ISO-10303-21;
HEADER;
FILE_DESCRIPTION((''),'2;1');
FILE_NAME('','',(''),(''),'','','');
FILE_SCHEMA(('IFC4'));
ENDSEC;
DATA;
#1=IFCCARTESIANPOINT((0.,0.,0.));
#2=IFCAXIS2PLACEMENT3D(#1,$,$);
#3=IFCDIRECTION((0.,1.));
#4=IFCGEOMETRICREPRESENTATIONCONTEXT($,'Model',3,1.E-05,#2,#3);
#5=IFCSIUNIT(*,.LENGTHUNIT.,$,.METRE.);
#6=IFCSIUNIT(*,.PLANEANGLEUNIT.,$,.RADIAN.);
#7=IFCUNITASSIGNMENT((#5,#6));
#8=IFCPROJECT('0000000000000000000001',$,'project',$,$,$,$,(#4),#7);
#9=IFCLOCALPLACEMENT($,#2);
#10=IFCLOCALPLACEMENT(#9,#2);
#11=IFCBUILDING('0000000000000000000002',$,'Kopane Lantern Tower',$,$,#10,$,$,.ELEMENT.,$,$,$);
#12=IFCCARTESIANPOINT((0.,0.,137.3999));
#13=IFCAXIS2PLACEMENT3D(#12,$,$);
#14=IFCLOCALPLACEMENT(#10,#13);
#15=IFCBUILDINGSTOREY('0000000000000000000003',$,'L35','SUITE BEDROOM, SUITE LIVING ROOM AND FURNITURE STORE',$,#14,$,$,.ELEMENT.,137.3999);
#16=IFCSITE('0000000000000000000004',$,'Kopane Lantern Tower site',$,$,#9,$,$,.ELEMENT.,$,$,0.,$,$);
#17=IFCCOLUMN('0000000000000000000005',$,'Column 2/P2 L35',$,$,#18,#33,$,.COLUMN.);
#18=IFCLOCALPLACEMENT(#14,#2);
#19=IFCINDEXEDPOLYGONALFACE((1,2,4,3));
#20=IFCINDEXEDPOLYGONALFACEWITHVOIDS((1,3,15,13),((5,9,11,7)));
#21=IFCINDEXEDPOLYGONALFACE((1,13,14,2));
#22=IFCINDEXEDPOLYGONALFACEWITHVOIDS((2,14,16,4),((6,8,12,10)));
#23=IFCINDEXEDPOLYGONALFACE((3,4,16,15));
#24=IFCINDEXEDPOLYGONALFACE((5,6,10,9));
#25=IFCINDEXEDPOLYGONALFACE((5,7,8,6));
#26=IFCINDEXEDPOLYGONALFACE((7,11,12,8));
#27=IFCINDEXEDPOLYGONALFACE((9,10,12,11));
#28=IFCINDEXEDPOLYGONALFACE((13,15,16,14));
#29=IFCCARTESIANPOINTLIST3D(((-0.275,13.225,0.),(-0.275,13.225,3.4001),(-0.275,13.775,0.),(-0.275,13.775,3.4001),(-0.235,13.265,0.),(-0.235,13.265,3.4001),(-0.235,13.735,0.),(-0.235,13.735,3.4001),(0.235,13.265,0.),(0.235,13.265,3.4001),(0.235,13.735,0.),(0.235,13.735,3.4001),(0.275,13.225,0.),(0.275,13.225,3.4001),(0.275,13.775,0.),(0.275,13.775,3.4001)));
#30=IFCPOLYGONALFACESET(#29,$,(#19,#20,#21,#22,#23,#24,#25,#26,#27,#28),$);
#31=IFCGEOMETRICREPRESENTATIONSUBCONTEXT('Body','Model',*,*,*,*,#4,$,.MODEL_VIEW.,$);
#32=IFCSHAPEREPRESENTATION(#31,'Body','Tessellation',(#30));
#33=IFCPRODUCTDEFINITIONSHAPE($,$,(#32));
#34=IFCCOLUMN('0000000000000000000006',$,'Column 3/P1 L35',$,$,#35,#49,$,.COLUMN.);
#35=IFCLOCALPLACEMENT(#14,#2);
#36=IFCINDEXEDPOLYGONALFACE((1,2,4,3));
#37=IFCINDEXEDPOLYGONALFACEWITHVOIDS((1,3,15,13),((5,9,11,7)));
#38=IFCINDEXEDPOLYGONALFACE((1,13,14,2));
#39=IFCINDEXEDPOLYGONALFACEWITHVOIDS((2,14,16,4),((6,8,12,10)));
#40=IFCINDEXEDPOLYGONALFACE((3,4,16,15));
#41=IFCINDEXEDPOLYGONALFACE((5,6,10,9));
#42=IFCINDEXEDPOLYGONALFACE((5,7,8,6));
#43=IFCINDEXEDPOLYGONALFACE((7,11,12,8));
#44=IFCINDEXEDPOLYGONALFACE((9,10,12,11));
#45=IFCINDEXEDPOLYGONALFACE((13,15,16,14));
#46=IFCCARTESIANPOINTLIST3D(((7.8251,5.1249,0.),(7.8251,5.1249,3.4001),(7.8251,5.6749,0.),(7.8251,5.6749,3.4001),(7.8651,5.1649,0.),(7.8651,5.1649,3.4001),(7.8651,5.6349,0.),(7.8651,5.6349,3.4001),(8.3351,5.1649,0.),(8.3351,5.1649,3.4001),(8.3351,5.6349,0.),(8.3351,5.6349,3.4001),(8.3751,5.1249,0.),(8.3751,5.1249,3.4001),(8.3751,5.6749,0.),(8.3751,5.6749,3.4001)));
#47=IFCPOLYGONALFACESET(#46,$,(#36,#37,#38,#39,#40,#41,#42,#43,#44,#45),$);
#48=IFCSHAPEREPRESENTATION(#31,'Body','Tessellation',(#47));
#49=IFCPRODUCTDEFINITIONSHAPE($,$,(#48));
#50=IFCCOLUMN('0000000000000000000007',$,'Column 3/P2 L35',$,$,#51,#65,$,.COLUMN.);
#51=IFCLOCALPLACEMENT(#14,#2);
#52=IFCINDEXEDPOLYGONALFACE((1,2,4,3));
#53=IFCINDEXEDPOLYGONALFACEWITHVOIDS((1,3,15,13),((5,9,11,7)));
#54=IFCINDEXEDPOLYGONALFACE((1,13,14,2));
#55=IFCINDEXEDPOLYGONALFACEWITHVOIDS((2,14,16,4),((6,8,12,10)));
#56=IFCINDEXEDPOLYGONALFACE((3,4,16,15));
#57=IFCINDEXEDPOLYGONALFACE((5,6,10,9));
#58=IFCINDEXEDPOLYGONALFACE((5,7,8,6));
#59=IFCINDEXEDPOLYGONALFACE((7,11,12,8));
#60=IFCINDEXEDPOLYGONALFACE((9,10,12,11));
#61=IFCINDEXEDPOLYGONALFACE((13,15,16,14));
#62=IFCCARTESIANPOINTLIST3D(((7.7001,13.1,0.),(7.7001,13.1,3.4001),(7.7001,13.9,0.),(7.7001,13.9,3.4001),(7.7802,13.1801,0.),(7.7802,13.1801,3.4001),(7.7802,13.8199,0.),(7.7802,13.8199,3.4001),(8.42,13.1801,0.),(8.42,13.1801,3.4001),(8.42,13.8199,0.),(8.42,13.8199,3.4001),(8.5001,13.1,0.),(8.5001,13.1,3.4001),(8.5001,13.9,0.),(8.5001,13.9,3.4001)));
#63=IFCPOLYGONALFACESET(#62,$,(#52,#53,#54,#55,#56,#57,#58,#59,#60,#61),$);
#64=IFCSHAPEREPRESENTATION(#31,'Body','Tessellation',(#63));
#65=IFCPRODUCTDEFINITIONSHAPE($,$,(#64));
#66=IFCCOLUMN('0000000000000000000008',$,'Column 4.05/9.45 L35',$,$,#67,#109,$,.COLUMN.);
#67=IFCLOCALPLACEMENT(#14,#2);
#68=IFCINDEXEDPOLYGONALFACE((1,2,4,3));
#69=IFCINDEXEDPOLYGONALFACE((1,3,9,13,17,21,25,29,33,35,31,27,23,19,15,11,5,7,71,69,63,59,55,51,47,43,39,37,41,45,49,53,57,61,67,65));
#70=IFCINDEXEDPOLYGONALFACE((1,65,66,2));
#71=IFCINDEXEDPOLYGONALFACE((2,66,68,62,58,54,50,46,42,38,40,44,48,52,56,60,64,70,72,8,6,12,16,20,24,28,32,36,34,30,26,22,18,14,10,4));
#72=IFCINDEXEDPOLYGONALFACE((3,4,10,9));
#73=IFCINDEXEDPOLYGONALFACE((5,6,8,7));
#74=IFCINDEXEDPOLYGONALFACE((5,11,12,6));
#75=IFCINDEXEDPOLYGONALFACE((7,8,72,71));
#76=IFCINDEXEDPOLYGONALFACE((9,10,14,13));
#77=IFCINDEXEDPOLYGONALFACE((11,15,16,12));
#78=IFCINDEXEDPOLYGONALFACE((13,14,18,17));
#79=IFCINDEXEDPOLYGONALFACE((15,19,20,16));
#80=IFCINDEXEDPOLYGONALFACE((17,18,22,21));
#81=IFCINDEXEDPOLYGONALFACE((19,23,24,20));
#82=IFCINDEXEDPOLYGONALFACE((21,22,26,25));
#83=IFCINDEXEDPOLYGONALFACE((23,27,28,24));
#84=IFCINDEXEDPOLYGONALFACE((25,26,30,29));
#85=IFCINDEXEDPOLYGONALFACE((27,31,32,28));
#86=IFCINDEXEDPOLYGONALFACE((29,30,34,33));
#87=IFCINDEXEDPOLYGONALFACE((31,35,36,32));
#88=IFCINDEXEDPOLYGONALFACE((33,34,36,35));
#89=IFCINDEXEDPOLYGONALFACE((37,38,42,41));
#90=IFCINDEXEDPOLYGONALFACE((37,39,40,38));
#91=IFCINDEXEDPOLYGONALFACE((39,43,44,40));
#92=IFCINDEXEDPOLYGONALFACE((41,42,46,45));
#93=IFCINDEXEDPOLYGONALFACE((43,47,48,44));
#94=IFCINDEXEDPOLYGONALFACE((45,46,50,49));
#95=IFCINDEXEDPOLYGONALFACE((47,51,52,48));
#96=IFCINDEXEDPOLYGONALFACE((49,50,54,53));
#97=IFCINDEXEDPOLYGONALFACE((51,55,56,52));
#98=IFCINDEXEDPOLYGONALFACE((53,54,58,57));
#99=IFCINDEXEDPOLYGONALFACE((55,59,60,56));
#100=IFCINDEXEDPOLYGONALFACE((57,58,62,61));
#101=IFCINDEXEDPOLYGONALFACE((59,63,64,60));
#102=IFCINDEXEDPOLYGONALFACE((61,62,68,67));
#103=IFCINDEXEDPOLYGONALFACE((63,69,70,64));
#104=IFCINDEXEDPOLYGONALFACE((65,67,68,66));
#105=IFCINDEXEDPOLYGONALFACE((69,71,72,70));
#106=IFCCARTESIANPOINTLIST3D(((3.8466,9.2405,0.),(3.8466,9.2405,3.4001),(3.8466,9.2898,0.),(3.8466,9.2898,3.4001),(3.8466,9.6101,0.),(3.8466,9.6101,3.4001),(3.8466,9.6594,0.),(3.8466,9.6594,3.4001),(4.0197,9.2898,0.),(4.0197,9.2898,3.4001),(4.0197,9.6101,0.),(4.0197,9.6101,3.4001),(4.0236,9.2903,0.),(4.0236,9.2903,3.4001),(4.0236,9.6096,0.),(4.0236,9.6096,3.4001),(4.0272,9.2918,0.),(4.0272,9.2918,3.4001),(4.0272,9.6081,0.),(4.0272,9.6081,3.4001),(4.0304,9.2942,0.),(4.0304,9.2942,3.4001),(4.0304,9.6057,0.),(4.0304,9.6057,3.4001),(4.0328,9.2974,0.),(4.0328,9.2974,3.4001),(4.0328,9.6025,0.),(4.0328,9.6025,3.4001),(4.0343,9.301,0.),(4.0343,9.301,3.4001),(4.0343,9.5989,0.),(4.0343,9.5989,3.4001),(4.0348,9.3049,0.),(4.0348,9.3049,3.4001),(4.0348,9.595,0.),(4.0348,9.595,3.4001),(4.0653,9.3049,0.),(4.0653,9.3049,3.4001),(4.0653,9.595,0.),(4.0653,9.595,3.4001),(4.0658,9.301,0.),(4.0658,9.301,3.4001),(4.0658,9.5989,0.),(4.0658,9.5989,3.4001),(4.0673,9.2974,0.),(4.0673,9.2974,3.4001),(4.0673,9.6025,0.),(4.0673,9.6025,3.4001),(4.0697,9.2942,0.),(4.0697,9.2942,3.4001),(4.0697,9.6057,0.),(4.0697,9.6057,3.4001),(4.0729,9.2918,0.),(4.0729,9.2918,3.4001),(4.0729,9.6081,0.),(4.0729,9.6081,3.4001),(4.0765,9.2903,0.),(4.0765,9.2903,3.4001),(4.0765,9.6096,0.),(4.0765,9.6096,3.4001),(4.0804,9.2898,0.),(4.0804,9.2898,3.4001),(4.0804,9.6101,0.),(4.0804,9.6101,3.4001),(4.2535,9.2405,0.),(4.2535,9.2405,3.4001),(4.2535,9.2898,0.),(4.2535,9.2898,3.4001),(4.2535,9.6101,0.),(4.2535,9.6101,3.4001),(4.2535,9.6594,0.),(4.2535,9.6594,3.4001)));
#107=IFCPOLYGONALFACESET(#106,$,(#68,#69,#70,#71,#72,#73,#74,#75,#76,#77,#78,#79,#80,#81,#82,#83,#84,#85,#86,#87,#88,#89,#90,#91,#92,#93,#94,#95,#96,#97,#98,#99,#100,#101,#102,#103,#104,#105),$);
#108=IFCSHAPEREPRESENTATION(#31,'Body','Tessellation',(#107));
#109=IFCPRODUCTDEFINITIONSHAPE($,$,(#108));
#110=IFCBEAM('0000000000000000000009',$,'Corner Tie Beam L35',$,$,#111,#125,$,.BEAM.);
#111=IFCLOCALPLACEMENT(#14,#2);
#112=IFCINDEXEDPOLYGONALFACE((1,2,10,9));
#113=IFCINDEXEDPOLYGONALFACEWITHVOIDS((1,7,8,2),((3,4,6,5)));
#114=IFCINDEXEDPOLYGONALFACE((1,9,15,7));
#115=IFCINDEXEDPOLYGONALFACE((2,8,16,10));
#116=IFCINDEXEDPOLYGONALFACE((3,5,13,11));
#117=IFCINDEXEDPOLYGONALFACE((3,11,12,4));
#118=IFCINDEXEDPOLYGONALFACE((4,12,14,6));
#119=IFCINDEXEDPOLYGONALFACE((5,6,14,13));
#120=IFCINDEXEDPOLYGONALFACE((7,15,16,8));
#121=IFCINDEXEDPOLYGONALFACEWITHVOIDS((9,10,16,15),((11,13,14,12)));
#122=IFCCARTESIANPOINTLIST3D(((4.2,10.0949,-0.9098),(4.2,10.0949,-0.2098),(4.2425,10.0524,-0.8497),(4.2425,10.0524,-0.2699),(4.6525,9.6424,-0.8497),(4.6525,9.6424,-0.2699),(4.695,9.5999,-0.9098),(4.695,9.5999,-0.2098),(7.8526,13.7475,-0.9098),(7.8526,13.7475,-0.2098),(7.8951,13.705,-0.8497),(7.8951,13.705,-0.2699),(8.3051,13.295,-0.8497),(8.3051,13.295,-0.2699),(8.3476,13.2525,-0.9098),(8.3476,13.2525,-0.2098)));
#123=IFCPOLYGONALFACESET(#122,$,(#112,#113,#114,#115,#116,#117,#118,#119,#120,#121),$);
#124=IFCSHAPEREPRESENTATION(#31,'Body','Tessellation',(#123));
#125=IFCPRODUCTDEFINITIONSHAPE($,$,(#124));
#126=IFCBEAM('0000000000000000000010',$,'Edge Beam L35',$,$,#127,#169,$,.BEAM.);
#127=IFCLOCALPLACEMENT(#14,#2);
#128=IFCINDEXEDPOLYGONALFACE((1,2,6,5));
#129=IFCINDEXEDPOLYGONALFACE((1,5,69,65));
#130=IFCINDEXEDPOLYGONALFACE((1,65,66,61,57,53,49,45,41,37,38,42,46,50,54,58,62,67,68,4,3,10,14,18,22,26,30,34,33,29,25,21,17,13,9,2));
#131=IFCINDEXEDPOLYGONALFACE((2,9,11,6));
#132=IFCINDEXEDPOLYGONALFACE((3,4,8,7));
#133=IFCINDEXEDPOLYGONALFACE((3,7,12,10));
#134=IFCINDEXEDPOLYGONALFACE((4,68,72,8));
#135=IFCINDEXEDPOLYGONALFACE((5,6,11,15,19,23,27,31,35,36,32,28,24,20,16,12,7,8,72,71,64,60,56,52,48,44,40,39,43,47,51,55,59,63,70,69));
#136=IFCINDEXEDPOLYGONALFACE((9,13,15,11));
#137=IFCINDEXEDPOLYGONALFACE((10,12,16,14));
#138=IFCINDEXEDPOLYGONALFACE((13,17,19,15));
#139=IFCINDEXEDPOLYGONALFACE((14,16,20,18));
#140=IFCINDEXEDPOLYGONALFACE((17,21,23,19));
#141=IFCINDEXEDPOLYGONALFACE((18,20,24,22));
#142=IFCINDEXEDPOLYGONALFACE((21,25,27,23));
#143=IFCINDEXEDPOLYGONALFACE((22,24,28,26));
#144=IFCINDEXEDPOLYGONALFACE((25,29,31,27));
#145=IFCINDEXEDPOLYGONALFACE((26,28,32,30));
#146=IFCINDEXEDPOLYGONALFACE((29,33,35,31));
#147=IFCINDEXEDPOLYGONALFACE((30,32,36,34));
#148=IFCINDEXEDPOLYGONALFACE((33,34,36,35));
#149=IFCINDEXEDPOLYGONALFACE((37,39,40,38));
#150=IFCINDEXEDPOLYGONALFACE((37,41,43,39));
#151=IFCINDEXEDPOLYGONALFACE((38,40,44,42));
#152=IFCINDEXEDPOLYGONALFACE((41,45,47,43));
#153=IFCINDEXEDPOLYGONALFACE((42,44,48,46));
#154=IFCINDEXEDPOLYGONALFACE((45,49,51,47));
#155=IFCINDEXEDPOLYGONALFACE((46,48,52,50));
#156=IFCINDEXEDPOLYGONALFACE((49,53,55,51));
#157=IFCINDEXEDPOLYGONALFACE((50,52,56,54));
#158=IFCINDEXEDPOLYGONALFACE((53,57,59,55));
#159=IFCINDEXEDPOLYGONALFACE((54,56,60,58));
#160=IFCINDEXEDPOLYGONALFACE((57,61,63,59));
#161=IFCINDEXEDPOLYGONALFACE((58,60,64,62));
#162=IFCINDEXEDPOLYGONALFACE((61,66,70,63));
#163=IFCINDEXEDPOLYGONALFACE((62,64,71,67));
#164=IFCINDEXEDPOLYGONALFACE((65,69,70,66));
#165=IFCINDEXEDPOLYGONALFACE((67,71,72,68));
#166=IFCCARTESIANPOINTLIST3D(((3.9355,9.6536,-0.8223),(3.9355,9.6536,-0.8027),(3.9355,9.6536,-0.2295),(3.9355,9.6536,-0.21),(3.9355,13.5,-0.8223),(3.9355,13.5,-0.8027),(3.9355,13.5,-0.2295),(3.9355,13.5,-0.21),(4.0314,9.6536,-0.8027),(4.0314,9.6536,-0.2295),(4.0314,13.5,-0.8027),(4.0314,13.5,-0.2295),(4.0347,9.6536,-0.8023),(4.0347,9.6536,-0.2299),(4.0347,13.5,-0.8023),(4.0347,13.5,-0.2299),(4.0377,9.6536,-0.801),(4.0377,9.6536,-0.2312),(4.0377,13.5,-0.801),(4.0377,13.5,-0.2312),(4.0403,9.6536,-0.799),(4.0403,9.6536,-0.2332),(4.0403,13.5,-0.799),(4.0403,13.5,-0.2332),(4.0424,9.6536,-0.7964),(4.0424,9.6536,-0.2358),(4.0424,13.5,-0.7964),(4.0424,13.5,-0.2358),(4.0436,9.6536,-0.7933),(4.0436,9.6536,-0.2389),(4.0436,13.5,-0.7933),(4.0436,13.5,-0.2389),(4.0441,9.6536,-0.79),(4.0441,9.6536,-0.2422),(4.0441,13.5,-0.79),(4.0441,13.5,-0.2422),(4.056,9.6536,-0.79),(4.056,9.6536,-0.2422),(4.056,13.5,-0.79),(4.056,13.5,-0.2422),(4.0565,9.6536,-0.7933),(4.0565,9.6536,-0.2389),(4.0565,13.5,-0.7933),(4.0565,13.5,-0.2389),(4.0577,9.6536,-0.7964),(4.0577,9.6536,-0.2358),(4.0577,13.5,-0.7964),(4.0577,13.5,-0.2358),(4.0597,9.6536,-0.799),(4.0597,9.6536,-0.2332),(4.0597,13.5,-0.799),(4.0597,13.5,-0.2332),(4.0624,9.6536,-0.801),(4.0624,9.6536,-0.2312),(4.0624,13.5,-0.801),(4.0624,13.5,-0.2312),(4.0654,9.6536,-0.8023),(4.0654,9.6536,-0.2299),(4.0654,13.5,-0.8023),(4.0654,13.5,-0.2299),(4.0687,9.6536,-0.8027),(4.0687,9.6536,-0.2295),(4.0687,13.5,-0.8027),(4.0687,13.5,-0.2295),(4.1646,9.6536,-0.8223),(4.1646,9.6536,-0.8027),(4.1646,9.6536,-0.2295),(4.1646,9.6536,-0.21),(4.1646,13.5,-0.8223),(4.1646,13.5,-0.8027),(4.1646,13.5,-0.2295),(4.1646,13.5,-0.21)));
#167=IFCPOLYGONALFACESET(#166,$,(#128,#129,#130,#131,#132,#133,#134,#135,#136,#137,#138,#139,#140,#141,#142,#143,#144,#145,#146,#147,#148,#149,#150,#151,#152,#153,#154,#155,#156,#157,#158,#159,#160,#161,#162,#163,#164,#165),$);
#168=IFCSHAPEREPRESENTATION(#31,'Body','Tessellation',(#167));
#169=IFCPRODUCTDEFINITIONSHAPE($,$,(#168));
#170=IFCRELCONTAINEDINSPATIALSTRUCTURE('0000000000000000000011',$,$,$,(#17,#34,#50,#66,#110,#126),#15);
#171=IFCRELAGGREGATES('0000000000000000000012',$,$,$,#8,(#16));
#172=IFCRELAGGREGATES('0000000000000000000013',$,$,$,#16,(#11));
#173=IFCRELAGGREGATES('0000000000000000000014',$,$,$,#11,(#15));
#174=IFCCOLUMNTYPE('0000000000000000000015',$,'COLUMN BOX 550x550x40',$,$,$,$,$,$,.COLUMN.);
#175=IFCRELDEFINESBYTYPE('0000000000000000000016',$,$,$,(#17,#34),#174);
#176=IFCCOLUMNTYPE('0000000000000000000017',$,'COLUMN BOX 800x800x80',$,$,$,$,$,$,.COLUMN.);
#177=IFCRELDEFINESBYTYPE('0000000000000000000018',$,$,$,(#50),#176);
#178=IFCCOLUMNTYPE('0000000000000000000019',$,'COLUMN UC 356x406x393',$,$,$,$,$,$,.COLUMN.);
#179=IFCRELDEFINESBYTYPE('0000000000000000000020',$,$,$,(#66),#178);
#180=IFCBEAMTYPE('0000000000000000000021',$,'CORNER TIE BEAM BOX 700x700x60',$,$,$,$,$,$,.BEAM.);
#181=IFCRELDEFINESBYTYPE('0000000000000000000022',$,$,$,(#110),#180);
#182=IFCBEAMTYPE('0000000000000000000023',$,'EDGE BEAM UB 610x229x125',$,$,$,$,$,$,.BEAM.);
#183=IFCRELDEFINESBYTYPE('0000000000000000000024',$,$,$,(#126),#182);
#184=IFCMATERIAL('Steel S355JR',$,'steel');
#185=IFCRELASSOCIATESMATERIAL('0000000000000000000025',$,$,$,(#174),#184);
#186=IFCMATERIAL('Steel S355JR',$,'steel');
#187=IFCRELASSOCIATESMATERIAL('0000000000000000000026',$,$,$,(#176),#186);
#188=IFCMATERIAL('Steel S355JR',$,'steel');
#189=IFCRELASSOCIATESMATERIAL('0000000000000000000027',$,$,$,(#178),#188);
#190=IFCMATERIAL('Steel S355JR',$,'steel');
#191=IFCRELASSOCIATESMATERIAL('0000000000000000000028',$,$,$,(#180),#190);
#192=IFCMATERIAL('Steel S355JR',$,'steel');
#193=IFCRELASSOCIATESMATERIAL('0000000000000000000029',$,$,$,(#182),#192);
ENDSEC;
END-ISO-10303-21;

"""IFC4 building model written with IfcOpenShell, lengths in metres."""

from ifc_helpers import new_model, si_unit, direction, frame, origin, origin_2d, place, context, subcontext, project, spatial, hollow_rectangle, i_section, extrude, material, material_profile, profile_set, type_object, element, save


model = new_model("IFC4")

# Units and contexts
model_context = context("Model", 3, precision=1e-05, world=origin(), true_north=direction((0.0, 1.0)))
body_context = subcontext(model_context, "Body", "Model", "MODEL_VIEW")
ifc_project = project(units=[si_unit("LENGTHUNIT", "METRE"), si_unit("PLANEANGLEUNIT", "RADIAN")], contexts=[model_context])

# Site, building, storey
site_placement = place(None, origin())
site = spatial("IfcSite", under=ifc_project, at=site_placement, Name="Kopane Lantern Tower site", CompositionType="ELEMENT", RefElevation=0.0)
building_placement = place(site_placement, origin())
building = spatial("IfcBuilding", under=site, at=building_placement, Name="Kopane Lantern Tower", CompositionType="ELEMENT")
storey_placement = place(building_placement, frame((0.0, 0.0, 137.3999)))
storey = spatial("IfcBuildingStorey", under=building, at=storey_placement, Name="L35", Description="SUITE BEDROOM, SUITE LIVING ROOM AND FURNITURE STORE", CompositionType="ELEMENT", Elevation=137.3999)

# Columns
ifc_material_1 = material(Name="Steel S355JR", Category="steel")
ifc_material_profile_1 = material_profile(ifc_material_1, hollow_rectangle(XDim=0.55, YDim=0.55, WallThickness=0.04, at=origin_2d()), Name="BOX 550x550x40")
ifc_profile_set_1 = profile_set([ifc_material_profile_1], Name="Steel S355JR")
column_type_1 = type_object("IfcColumnType", Name="COLUMN BOX 550x550x40", PredefinedType="COLUMN", material=ifc_profile_set_1)
for number, where, z_axis, x_axis, name in (
    (1, (0.0, 13.5, 0.0), (0.0, 0.0, 1.0), (1.0, 0.0, 0.0), "Column 2/P2 L35"),
    (2, (8.1001, 5.3999, 0.0), (0.0, 0.0, 1.0), (1.0, 0.0, 0.0), "Column 3/P1 L35"),
):
    element("IfcColumn", number, at=place(storey_placement, frame(where, z_axis=z_axis, x_axis=x_axis)), inside=storey, type_object=column_type_1, Name=name, PredefinedType="COLUMN", context=body_context, shape_type="SweptSolid", body=[
        extrude(hollow_rectangle(XDim=0.55, YDim=0.55, WallThickness=0.04, at=origin_2d()), origin(), (0.0, 0.0, 1.0), 3.4001),
    ])
ifc_material_2 = material(Name="Steel S355JR", Category="steel")
ifc_material_profile_2 = material_profile(ifc_material_2, hollow_rectangle(XDim=0.8, YDim=0.8, WallThickness=0.0801, at=origin_2d()), Name="BOX 800x800x80")
ifc_profile_set_2 = profile_set([ifc_material_profile_2], Name="Steel S355JR")
column_type_2 = type_object("IfcColumnType", Name="COLUMN BOX 800x800x80", PredefinedType="COLUMN", material=ifc_profile_set_2)
column_1_placement = place(storey_placement, frame((8.1001, 13.5, 0.0), z_axis=(0.0, 0.0, 1.0), x_axis=(1.0, 0.0, 0.0)))
element("IfcColumn", 3, at=column_1_placement, inside=storey, type_object=column_type_2, Name="Column 3/P2 L35", PredefinedType="COLUMN", context=body_context, shape_type="SweptSolid", body=[
    extrude(hollow_rectangle(XDim=0.8, YDim=0.8, WallThickness=0.0801, at=origin_2d()), origin(), (0.0, 0.0, 1.0), 3.4001),
])
ifc_material_3 = material(Name="Steel S355JR", Category="steel")
ifc_material_profile_3 = material_profile(ifc_material_3, i_section(OverallWidth=0.407, OverallDepth=0.4189, WebThickness=0.0305, FlangeThickness=0.0493, FilletRadius=0.0151, at=origin_2d()), Name="UC 356x406x393")
ifc_profile_set_3 = profile_set([ifc_material_profile_3], Name="Steel S355JR")
column_type_3 = type_object("IfcColumnType", Name="COLUMN UC 356x406x393", PredefinedType="COLUMN", material=ifc_profile_set_3)
column_2_placement = place(storey_placement, frame((4.05, 9.45, 0.0), z_axis=(0.0, 0.0, 1.0), x_axis=(1.0, 0.0, 0.0)))
element("IfcColumn", 4, at=column_2_placement, inside=storey, type_object=column_type_3, Name="Column 4.05/9.45 L35", PredefinedType="COLUMN", context=body_context, shape_type="SweptSolid", body=[
    extrude(i_section(OverallWidth=0.407, OverallDepth=0.4189, WebThickness=0.0305, FlangeThickness=0.0493, FilletRadius=0.0151, at=origin_2d()), origin(), (0.0, 0.0, 1.0), 3.4001),
])

# Beams
ifc_material_4 = material(Name="Steel S355JR", Category="steel")
ifc_material_profile_4 = material_profile(ifc_material_4, hollow_rectangle(XDim=0.7, YDim=0.7, WallThickness=0.0601, at=origin_2d()), Name="BOX 700x700x60")
ifc_profile_set_4 = profile_set([ifc_material_profile_4], Name="Steel S355JR")
beam_type_1 = type_object("IfcBeamType", Name="CORNER TIE BEAM BOX 700x700x60", PredefinedType="BEAM", material=ifc_profile_set_4)
beam_1_placement = place(storey_placement, frame((4.4475, 9.8474, -0.5598), z_axis=(0.707107, 0.707107, 0.0), x_axis=(-0.707107, 0.707107, 0.0)))
element("IfcBeam", 5, at=beam_1_placement, inside=storey, type_object=beam_type_1, Name="Corner Tie Beam L35", PredefinedType="BEAM", context=body_context, shape_type="SweptSolid", body=[
    extrude(hollow_rectangle(XDim=0.7, YDim=0.7, WallThickness=0.0601, at=origin_2d()), origin(), (0.0, 0.0, 1.0), 5.1655),
])
ifc_material_5 = material(Name="Steel S355JR", Category="steel")
ifc_material_profile_5 = material_profile(ifc_material_5, i_section(OverallWidth=0.229, OverallDepth=0.6123, WebThickness=0.012, FlangeThickness=0.0195, FilletRadius=0.0127, at=origin_2d()), Name="UB 610x229x125")
ifc_profile_set_5 = profile_set([ifc_material_profile_5], Name="Steel S355JR")
beam_type_2 = type_object("IfcBeamType", Name="EDGE BEAM UB 610x229x125", PredefinedType="BEAM", material=ifc_profile_set_5)
beam_2_placement = place(storey_placement, frame((4.05, 9.6536, -0.5161), z_axis=(0.0, 1.0, 0.0), x_axis=(-1.0, 0.0, 0.0)))
element("IfcBeam", 6, at=beam_2_placement, inside=storey, type_object=beam_type_2, Name="Edge Beam L35", PredefinedType="BEAM", context=body_context, shape_type="SweptSolid", body=[
    extrude(i_section(OverallWidth=0.229, OverallDepth=0.6123, WebThickness=0.012, FlangeThickness=0.0195, FilletRadius=0.0127, at=origin_2d()), origin(), (0.0, 0.0, 1.0), 3.8464),
])

save(model, "model.ifc")
